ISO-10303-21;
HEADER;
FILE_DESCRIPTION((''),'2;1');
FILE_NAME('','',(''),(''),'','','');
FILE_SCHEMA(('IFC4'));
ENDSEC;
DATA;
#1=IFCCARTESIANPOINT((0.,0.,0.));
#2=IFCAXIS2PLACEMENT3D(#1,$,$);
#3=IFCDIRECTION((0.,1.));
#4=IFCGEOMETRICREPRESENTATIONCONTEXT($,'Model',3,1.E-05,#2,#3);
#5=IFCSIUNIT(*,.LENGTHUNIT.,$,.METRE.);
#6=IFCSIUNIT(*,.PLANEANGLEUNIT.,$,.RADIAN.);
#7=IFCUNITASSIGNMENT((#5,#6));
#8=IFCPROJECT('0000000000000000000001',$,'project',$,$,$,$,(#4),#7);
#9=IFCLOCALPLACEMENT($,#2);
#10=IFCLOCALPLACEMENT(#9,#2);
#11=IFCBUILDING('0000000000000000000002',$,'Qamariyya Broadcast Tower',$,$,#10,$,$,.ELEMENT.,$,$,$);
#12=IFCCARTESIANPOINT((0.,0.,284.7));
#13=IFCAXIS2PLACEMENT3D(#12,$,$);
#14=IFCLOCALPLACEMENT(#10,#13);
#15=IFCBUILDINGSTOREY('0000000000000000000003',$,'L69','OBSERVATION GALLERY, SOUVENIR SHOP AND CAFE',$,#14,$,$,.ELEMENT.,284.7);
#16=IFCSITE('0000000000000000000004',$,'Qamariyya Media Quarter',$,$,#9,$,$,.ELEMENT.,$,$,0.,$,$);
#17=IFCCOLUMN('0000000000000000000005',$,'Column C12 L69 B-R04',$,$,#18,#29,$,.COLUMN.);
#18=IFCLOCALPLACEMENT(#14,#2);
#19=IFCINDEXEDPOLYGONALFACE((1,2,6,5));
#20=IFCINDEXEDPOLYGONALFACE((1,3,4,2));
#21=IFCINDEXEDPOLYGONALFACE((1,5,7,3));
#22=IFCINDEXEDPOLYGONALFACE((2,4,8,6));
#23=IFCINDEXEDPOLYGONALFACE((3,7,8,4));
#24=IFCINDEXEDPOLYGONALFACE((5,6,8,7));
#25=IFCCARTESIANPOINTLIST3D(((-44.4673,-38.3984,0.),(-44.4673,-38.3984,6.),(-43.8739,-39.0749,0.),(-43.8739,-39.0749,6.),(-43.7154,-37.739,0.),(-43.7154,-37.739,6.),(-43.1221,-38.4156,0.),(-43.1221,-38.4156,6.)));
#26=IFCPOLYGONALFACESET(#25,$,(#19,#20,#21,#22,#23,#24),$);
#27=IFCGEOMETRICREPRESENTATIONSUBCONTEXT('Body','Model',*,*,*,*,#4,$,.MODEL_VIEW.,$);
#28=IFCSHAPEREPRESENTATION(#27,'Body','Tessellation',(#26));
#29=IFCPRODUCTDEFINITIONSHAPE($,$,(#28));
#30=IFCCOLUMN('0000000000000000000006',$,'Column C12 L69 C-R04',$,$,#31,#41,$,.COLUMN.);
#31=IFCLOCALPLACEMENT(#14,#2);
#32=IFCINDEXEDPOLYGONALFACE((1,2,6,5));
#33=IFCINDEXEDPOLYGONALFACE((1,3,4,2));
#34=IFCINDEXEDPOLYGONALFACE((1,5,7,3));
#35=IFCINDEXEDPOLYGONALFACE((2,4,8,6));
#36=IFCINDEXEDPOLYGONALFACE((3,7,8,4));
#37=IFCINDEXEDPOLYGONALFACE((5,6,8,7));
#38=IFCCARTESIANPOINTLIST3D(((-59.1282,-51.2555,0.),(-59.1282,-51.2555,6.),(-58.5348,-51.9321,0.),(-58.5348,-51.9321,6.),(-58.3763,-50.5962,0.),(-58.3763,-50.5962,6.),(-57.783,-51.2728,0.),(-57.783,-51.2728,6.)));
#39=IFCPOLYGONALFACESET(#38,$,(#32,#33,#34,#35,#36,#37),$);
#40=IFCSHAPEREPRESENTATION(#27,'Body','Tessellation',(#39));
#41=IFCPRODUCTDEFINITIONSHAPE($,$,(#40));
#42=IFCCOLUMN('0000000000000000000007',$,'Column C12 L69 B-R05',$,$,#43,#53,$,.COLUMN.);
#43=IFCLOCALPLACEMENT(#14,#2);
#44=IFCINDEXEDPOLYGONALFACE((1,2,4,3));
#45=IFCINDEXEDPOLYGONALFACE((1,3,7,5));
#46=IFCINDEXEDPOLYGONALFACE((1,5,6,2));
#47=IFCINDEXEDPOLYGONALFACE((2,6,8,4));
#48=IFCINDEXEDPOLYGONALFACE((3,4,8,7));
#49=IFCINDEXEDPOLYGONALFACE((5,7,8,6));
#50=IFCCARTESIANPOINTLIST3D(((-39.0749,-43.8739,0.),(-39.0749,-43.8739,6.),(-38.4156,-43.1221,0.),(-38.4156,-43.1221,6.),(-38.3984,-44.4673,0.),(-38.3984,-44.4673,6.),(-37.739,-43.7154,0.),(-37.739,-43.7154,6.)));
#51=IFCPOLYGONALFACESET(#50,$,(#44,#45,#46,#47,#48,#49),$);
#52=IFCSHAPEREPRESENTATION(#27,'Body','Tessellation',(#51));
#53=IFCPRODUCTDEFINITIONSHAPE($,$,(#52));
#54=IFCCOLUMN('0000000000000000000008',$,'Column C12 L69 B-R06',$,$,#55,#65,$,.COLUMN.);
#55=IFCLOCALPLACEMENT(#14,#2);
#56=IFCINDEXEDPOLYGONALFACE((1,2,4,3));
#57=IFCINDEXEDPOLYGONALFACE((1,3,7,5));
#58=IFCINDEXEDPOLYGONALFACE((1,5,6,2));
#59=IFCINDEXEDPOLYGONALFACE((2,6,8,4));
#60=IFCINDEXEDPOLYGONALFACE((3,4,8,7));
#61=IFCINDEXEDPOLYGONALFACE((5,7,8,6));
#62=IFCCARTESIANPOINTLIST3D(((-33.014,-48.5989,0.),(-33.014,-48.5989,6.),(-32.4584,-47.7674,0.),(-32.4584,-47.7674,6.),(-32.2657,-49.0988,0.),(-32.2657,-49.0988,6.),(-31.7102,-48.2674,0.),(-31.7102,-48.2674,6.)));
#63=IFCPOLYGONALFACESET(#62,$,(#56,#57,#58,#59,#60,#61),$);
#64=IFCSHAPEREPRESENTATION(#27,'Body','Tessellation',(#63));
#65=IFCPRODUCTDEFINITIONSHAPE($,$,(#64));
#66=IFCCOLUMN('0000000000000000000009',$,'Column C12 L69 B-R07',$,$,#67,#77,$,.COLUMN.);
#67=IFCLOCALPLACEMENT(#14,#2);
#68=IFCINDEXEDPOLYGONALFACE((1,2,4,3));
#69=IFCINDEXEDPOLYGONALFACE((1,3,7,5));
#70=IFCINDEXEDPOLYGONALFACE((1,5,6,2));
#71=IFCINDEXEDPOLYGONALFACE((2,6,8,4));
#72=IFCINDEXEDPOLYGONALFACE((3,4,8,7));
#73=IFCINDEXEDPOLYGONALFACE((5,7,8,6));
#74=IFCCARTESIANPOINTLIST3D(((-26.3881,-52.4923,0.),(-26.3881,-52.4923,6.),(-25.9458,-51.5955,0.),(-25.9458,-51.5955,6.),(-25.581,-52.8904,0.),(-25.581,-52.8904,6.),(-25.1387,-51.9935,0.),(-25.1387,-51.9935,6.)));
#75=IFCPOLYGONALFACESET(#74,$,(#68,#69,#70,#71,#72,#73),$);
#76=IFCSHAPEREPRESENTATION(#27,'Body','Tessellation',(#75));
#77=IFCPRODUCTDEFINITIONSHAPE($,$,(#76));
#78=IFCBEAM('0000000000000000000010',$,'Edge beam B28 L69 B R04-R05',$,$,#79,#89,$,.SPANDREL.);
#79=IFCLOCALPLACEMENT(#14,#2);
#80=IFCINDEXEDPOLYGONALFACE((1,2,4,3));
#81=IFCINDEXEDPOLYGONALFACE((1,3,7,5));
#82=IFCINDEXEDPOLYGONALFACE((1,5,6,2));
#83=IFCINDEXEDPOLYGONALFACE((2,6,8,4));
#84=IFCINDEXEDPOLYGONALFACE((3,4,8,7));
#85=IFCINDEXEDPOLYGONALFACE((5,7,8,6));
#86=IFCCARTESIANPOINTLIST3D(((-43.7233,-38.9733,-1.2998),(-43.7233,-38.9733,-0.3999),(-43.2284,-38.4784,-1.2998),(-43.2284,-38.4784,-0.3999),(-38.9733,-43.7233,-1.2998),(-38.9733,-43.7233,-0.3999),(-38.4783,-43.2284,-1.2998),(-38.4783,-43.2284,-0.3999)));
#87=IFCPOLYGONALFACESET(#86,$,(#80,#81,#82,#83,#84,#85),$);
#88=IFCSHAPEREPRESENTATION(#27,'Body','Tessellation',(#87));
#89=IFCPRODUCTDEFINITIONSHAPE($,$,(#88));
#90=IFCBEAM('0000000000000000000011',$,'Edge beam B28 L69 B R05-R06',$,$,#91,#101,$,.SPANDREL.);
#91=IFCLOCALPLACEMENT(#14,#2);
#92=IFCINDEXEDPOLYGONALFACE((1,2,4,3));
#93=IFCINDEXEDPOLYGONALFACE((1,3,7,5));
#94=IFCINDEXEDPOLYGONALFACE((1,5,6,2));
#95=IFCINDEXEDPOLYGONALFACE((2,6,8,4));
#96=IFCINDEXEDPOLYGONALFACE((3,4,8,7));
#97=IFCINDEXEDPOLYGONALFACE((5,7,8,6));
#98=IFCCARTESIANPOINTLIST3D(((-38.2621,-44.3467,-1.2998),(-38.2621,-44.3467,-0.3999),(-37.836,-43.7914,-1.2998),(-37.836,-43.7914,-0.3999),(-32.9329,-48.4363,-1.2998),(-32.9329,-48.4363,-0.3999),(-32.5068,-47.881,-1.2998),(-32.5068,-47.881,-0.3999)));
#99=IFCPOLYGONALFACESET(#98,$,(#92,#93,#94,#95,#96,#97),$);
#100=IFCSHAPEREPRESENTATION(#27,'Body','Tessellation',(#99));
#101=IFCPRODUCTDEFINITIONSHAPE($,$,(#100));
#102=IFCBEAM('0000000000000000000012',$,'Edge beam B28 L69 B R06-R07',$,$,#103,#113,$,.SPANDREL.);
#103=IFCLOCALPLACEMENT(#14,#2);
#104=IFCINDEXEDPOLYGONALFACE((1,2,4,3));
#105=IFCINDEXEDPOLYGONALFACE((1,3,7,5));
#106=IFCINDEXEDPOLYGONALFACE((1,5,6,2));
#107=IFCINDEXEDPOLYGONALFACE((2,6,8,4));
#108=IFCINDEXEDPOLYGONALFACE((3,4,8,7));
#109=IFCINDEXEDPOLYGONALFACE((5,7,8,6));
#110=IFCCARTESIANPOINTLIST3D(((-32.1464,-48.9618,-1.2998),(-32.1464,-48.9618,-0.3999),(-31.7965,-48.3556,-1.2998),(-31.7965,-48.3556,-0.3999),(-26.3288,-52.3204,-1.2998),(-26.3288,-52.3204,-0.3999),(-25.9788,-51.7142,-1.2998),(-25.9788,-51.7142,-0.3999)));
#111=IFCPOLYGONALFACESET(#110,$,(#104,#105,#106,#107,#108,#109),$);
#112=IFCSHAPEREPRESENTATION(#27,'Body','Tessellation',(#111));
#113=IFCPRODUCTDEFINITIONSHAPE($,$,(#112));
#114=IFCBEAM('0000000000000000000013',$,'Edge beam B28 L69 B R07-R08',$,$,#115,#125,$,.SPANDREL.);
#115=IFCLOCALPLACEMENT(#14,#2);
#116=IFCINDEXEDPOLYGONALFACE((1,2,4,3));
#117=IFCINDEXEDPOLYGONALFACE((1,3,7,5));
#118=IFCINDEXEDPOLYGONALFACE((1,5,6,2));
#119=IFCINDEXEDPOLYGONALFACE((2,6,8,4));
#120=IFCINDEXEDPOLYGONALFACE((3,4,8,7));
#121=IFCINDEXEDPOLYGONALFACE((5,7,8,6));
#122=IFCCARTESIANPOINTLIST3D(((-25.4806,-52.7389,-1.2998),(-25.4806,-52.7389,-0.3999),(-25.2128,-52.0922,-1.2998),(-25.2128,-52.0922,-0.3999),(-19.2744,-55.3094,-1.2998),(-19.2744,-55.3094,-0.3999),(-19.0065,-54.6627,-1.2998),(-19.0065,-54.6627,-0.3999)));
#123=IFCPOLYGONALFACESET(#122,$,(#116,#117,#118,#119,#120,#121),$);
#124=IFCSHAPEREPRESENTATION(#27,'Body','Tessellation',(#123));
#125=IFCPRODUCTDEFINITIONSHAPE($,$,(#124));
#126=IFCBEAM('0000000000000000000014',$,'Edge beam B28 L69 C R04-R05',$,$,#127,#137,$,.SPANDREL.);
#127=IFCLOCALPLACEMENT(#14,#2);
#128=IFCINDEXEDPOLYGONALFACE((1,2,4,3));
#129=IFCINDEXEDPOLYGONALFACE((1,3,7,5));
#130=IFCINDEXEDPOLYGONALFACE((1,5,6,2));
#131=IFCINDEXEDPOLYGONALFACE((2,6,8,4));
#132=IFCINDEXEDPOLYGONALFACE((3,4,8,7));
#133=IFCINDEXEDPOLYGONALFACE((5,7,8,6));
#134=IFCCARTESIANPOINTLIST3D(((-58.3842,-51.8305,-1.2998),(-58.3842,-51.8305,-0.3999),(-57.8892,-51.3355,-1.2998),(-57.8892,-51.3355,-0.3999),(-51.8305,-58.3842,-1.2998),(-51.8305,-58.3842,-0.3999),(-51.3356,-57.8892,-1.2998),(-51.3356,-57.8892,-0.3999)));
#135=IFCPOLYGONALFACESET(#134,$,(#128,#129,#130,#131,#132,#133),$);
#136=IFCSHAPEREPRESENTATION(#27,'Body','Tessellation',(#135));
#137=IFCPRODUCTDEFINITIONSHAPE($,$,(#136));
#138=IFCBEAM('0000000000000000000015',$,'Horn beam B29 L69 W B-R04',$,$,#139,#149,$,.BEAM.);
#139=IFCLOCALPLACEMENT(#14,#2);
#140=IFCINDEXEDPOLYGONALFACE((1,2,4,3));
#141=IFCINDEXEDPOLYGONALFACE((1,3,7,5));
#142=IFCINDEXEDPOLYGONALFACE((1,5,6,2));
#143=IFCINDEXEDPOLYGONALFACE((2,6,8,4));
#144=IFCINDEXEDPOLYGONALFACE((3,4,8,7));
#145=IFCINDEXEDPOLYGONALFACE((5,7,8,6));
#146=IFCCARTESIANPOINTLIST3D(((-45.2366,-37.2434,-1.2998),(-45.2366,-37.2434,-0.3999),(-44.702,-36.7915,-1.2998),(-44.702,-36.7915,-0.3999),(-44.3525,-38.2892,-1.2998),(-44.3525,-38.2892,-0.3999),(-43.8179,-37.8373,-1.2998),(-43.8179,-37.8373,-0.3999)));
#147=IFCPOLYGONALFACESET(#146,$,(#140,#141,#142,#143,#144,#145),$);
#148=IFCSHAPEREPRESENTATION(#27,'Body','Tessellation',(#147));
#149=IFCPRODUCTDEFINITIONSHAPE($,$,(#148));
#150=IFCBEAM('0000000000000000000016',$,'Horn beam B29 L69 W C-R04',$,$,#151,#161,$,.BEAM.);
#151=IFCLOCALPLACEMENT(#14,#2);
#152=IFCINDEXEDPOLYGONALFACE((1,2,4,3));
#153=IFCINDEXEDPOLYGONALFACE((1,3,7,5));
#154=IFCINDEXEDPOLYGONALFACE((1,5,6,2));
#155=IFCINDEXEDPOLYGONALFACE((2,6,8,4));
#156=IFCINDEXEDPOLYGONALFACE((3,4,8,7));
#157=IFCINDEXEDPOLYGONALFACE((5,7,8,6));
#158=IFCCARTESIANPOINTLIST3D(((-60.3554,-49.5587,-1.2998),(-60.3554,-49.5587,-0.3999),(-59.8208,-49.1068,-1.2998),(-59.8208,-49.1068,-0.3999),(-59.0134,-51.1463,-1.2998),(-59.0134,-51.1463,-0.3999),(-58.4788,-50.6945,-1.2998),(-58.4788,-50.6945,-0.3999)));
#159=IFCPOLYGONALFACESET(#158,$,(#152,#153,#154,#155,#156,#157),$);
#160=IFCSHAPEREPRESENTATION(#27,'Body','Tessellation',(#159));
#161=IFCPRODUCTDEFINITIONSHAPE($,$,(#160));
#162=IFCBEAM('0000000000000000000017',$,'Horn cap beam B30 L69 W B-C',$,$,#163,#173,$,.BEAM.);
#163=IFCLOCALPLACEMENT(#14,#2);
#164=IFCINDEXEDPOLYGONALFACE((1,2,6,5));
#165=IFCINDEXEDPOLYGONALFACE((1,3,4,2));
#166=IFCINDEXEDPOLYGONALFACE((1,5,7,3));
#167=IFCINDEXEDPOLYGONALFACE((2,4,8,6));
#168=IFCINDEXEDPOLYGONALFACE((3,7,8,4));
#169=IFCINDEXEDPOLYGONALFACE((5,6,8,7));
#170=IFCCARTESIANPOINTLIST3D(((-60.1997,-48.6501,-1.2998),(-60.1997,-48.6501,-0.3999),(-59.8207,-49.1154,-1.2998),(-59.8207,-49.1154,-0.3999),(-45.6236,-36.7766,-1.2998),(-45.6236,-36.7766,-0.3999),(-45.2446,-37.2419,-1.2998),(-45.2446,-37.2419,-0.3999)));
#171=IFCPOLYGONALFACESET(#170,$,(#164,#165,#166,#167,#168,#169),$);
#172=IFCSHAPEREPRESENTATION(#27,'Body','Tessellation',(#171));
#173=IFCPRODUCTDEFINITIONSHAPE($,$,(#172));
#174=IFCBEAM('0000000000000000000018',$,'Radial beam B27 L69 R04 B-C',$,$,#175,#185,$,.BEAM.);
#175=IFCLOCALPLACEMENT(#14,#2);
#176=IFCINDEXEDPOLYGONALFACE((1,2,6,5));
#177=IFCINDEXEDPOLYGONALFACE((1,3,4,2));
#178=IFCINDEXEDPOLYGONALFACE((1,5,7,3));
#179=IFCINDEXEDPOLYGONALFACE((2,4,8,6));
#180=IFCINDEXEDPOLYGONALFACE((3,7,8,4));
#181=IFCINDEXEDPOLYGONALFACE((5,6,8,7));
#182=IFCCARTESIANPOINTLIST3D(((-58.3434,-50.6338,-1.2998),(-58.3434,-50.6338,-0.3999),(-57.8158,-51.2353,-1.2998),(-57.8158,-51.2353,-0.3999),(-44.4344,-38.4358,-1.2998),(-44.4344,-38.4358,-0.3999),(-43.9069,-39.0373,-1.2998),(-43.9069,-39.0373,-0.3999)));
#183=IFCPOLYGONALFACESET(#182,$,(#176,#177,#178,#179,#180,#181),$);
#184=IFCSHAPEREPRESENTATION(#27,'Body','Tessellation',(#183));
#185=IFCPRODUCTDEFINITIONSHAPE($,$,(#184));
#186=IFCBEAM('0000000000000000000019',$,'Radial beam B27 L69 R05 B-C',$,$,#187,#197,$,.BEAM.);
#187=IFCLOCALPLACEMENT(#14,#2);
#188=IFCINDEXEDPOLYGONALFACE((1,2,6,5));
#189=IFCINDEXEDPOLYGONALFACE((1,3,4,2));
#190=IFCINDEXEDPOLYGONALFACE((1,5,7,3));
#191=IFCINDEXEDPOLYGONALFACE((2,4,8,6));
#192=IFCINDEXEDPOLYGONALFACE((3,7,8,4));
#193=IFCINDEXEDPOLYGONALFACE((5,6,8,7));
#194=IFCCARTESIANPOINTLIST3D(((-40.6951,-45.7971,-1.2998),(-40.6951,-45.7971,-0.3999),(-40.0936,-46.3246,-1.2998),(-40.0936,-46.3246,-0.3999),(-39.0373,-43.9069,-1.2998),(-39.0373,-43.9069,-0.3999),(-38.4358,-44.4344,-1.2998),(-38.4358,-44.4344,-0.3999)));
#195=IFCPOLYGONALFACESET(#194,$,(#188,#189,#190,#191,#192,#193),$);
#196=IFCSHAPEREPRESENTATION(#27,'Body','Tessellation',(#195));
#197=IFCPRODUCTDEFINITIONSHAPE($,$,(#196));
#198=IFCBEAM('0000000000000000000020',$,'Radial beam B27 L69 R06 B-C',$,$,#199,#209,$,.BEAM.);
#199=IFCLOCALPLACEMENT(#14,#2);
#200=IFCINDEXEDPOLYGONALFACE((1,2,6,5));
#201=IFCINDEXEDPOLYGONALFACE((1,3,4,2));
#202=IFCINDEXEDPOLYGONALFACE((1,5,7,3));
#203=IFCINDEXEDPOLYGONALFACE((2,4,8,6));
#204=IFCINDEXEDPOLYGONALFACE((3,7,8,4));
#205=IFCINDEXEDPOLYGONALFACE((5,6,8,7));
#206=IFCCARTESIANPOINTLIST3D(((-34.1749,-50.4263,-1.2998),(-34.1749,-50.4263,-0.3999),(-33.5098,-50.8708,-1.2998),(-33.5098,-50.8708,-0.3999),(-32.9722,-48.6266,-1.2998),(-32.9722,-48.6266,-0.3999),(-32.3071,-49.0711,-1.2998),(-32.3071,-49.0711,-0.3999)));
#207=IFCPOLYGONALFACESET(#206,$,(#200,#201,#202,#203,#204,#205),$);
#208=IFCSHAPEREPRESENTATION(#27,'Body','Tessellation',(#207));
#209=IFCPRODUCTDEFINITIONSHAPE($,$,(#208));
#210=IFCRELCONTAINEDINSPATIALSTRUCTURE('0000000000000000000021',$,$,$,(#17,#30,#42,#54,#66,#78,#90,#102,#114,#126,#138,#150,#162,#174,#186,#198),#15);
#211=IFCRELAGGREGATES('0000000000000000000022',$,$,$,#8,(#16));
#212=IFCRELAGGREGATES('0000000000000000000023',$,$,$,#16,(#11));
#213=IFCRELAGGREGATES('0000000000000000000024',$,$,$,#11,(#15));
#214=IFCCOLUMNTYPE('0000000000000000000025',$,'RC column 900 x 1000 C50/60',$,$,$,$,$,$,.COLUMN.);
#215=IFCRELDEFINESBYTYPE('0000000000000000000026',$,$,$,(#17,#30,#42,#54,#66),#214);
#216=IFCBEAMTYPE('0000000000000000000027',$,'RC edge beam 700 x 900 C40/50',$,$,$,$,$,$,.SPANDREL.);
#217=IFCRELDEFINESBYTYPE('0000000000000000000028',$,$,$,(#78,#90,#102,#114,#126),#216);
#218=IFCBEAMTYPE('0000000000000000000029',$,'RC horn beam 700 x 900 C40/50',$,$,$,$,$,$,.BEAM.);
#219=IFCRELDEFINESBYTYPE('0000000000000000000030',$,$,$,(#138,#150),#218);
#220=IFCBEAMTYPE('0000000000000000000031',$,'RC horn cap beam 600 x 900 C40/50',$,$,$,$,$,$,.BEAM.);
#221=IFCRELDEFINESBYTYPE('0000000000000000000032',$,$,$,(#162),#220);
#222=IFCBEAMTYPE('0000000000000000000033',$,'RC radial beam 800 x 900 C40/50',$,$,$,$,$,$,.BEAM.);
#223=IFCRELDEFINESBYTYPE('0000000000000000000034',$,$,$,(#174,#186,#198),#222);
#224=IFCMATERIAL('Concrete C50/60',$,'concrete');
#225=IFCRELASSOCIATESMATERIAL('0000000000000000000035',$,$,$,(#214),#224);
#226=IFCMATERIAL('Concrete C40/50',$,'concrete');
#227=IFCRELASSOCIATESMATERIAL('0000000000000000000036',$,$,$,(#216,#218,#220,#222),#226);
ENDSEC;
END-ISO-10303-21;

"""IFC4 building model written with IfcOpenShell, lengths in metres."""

from ifc_helpers import new_model, si_unit, direction, frame, origin, origin_2d, place, context, subcontext, project, spatial, rectangle, extrude, material, material_profile, profile_set, type_object, element, save


model = new_model("IFC4")

# Units and contexts
model_context = context("Model", 3, precision=1e-05, world=origin(), true_north=direction((0.0, 1.0)))
body_context = subcontext(model_context, "Body", "Model", "MODEL_VIEW")
ifc_project = project(units=[si_unit("LENGTHUNIT", "METRE"), si_unit("PLANEANGLEUNIT", "RADIAN")], contexts=[model_context])

# Site, building, storey
site_placement = place(None, origin())
site = spatial("IfcSite", under=ifc_project, at=site_placement, Name="Qamariyya Media Quarter", CompositionType="ELEMENT", RefElevation=0.0)
building_placement = place(site_placement, origin())
building = spatial("IfcBuilding", under=site, at=building_placement, Name="Qamariyya Broadcast Tower", CompositionType="ELEMENT")
storey_placement = place(building_placement, frame((0.0, 0.0, 284.7)))
storey = spatial("IfcBuildingStorey", under=building, at=storey_placement, Name="L69", Description="OBSERVATION GALLERY, SOUVENIR SHOP AND CAFE", CompositionType="ELEMENT", Elevation=284.7)

# Columns
ifc_material_1 = material(Name="Concrete C50/60", Category="concrete")
ifc_material_profile_1 = material_profile(ifc_material_1, rectangle(XDim=0.8999, YDim=1.0, at=origin_2d()))
ifc_profile_set_1 = profile_set([ifc_material_profile_1], Name="Concrete C50/60")
column_type = type_object("IfcColumnType", Name="RC column 900 x 1000 C50/60", PredefinedType="COLUMN", material=ifc_profile_set_1)
for number, where, z_axis, x_axis, name in (
    (1, (-43.7947, -38.407, 0.0), (0.0, 0.0, 1.0), (0.659346, -0.75184, 0.0), "Column C12 L69 B-R04"),
    (2, (-58.4556, -51.2642, 0.0), (0.0, 0.0, 1.0), (0.659346, -0.75184, 0.0), "Column C12 L69 C-R04"),
    (3, (-38.407, -43.7947, 0.0), (0.0, 0.0, 1.0), (0.75184, -0.659346, 0.0), "Column C12 L69 B-R05"),
    (4, (-32.3621, -48.4331, 0.0), (0.0, 0.0, 1.0), (0.83147, -0.55557, 0.0), "Column C12 L69 B-R06"),
    (5, (-25.7634, -52.2429, 0.0), (0.0, 0.0, 1.0), (0.896873, -0.442289, 0.0), "Column C12 L69 B-R07"),
):
    element("IfcColumn", number, at=place(storey_placement, frame(where, z_axis=z_axis, x_axis=x_axis)), inside=storey, type_object=column_type, Name=name, PredefinedType="COLUMN", context=body_context, shape_type="SweptSolid", body=[
        extrude(rectangle(XDim=0.8999, YDim=1.0, at=origin_2d()), origin(), (0.0, 0.0, 1.0), 6.0),
    ])

# Beams
ifc_material_2 = material(Name="Concrete C40/50", Category="concrete")
ifc_material_profile_2 = material_profile(ifc_material_2, rectangle(XDim=0.7, YDim=0.8999, at=origin_2d()))
ifc_profile_set_2 = profile_set([ifc_material_profile_2], Name="Concrete C40/50")
beam_type_1 = type_object("IfcBeamType", Name="RC edge beam 700 x 900 C40/50", PredefinedType="SPANDREL", material=ifc_profile_set_2)
for number, where, z_axis, x_axis, name in (
    (6, (-43.4758, -38.7258, -0.8499), (0.707107, -0.707107, 0.0), (0.707107, 0.707107, 0.0), "Edge beam B28 L69 B R04-R05"),
    (7, (-38.0491, -44.0691, -0.8499), (0.793335, -0.608785, 0.0), (0.608785, 0.793335, 0.0), "Edge beam B28 L69 B R05-R06"),
    (8, (-31.9714, -48.6587, -0.8499), (0.866036, -0.499981, 0.0), (0.499981, 0.866036, 0.0), "Edge beam B28 L69 B R06-R07"),
    (9, (-25.3467, -52.4155, -0.8499), (0.923889, -0.382661, 0.0), (0.382661, 0.923889, 0.0), "Edge beam B28 L69 B R07-R08"),
):
    element("IfcBeam", number, at=place(storey_placement, frame(where, z_axis=z_axis, x_axis=x_axis)), inside=storey, type_object=beam_type_1, Name=name, PredefinedType="SPANDREL", context=body_context, shape_type="SweptSolid", body=[
        extrude(rectangle(XDim=0.7, YDim=0.8999, at=origin_2d()), origin(), (0.0, 0.0, 1.0), 6.7175),
    ])
beam_1_placement = place(storey_placement, frame((-58.1367, -51.583, -0.8499), z_axis=(0.707107, -0.707107, 0.0), x_axis=(0.707107, 0.707107, 0.0)))
element("IfcBeam", 10, at=beam_1_placement, inside=storey, type_object=beam_type_1, Name="Edge beam B28 L69 C R04-R05", PredefinedType="SPANDREL", context=body_context, shape_type="SweptSolid", body=[
    extrude(rectangle(XDim=0.7, YDim=0.8999, at=origin_2d()), origin(), (0.0, 0.0, 1.0), 9.2683),
])
ifc_material_profile_3 = material_profile(ifc_material_2, rectangle(XDim=0.7, YDim=0.8999, at=origin_2d()))
ifc_profile_set_3 = profile_set([ifc_material_profile_3], Name="Concrete C40/50")
beam_type_2 = type_object("IfcBeamType", Name="RC horn beam 700 x 900 C40/50", PredefinedType="BEAM", material=ifc_profile_set_3)
beam_2_placement = place(storey_placement, frame((-44.0852, -38.0632, -0.8499), z_axis=(-0.645622, 0.763657, 0.0), x_axis=(-0.763657, -0.645622, 0.0)))
element("IfcBeam", 11, at=beam_2_placement, inside=storey, type_object=beam_type_2, Name="Horn beam B29 L69 W B-R04", PredefinedType="BEAM", context=body_context, shape_type="SweptSolid", body=[
    extrude(rectangle(XDim=0.7, YDim=0.8999, at=origin_2d()), origin(), (0.0, 0.0, 1.0), 1.3694),
])
beam_3_placement = place(storey_placement, frame((-58.7461, -50.9204, -0.8499), z_axis=(-0.645563, 0.763707, 0.0), x_axis=(-0.763707, -0.645563, 0.0)))
element("IfcBeam", 12, at=beam_3_placement, inside=storey, type_object=beam_type_2, Name="Horn beam B29 L69 W C-R04", PredefinedType="BEAM", context=body_context, shape_type="SweptSolid", body=[
    extrude(rectangle(XDim=0.7, YDim=0.8999, at=origin_2d()), origin(), (0.0, 0.0, 1.0), 2.0789),
])
ifc_material_profile_4 = material_profile(ifc_material_2, rectangle(XDim=0.6001, YDim=0.8999, at=origin_2d()))
ifc_profile_set_4 = profile_set([ifc_material_profile_4], Name="Concrete C40/50")
beam_type_3 = type_object("IfcBeamType", Name="RC horn cap beam 600 x 900 C40/50", PredefinedType="BEAM", material=ifc_profile_set_4)
beam_4_placement = place(storey_placement, frame((-45.4341, -37.0093, -0.8499), z_axis=(-0.775322, -0.631566, 0.0), x_axis=(0.631566, -0.775322, 0.0)))
element("IfcBeam", 13, at=beam_4_placement, inside=storey, type_object=beam_type_3, Name="Horn cap beam B30 L69 W B-C", PredefinedType="BEAM", context=body_context, shape_type="SweptSolid", body=[
    extrude(rectangle(XDim=0.6001, YDim=0.8999, at=origin_2d()), origin(), (0.0, 0.0, 1.0), 18.8),
])
ifc_material_profile_5 = material_profile(ifc_material_2, rectangle(XDim=0.8, YDim=0.8999, at=origin_2d()))
ifc_profile_set_5 = profile_set([ifc_material_profile_5], Name="Concrete C40/50")
beam_type_4 = type_object("IfcBeamType", Name="RC radial beam 800 x 900 C40/50", PredefinedType="BEAM", material=ifc_profile_set_5)
beam_5_placement = place(storey_placement, frame((-44.1707, -38.7366, -0.8499), z_axis=(-0.751835, -0.659352, 0.0), x_axis=(0.659352, -0.751835, 0.0)))
element("IfcBeam", 14, at=beam_5_placement, inside=storey, type_object=beam_type_4, Name="Radial beam B27 L69 R04 B-C", PredefinedType="BEAM", context=body_context, shape_type="SweptSolid", body=[
    extrude(rectangle(XDim=0.8, YDim=0.8999, at=origin_2d()), origin(), (0.0, 0.0, 1.0), 18.5),
])
beam_6_placement = place(storey_placement, frame((-38.7366, -44.1707, -0.8499), z_axis=(-0.65937, -0.751818, 0.0), x_axis=(0.751818, -0.65937, 0.0)))
element("IfcBeam", 15, at=beam_6_placement, inside=storey, type_object=beam_type_4, Name="Radial beam B27 L69 R05 B-C", PredefinedType="BEAM", context=body_context, shape_type="SweptSolid", body=[
    extrude(rectangle(XDim=0.8, YDim=0.8999, at=origin_2d()), origin(), (0.0, 0.0, 1.0), 2.5142),
])
beam_7_placement = place(storey_placement, frame((-32.6396, -48.8489, -0.8499), z_axis=(-0.555637, -0.831425, 0.0), x_axis=(0.831425, -0.555637, 0.0)))
element("IfcBeam", 16, at=beam_7_placement, inside=storey, type_object=beam_type_4, Name="Radial beam B27 L69 R06 B-C", PredefinedType="BEAM", context=body_context, shape_type="SweptSolid", body=[
    extrude(rectangle(XDim=0.8, YDim=0.8999, at=origin_2d()), origin(), (0.0, 0.0, 1.0), 2.1646),
])

save(model, "model.ifc")
